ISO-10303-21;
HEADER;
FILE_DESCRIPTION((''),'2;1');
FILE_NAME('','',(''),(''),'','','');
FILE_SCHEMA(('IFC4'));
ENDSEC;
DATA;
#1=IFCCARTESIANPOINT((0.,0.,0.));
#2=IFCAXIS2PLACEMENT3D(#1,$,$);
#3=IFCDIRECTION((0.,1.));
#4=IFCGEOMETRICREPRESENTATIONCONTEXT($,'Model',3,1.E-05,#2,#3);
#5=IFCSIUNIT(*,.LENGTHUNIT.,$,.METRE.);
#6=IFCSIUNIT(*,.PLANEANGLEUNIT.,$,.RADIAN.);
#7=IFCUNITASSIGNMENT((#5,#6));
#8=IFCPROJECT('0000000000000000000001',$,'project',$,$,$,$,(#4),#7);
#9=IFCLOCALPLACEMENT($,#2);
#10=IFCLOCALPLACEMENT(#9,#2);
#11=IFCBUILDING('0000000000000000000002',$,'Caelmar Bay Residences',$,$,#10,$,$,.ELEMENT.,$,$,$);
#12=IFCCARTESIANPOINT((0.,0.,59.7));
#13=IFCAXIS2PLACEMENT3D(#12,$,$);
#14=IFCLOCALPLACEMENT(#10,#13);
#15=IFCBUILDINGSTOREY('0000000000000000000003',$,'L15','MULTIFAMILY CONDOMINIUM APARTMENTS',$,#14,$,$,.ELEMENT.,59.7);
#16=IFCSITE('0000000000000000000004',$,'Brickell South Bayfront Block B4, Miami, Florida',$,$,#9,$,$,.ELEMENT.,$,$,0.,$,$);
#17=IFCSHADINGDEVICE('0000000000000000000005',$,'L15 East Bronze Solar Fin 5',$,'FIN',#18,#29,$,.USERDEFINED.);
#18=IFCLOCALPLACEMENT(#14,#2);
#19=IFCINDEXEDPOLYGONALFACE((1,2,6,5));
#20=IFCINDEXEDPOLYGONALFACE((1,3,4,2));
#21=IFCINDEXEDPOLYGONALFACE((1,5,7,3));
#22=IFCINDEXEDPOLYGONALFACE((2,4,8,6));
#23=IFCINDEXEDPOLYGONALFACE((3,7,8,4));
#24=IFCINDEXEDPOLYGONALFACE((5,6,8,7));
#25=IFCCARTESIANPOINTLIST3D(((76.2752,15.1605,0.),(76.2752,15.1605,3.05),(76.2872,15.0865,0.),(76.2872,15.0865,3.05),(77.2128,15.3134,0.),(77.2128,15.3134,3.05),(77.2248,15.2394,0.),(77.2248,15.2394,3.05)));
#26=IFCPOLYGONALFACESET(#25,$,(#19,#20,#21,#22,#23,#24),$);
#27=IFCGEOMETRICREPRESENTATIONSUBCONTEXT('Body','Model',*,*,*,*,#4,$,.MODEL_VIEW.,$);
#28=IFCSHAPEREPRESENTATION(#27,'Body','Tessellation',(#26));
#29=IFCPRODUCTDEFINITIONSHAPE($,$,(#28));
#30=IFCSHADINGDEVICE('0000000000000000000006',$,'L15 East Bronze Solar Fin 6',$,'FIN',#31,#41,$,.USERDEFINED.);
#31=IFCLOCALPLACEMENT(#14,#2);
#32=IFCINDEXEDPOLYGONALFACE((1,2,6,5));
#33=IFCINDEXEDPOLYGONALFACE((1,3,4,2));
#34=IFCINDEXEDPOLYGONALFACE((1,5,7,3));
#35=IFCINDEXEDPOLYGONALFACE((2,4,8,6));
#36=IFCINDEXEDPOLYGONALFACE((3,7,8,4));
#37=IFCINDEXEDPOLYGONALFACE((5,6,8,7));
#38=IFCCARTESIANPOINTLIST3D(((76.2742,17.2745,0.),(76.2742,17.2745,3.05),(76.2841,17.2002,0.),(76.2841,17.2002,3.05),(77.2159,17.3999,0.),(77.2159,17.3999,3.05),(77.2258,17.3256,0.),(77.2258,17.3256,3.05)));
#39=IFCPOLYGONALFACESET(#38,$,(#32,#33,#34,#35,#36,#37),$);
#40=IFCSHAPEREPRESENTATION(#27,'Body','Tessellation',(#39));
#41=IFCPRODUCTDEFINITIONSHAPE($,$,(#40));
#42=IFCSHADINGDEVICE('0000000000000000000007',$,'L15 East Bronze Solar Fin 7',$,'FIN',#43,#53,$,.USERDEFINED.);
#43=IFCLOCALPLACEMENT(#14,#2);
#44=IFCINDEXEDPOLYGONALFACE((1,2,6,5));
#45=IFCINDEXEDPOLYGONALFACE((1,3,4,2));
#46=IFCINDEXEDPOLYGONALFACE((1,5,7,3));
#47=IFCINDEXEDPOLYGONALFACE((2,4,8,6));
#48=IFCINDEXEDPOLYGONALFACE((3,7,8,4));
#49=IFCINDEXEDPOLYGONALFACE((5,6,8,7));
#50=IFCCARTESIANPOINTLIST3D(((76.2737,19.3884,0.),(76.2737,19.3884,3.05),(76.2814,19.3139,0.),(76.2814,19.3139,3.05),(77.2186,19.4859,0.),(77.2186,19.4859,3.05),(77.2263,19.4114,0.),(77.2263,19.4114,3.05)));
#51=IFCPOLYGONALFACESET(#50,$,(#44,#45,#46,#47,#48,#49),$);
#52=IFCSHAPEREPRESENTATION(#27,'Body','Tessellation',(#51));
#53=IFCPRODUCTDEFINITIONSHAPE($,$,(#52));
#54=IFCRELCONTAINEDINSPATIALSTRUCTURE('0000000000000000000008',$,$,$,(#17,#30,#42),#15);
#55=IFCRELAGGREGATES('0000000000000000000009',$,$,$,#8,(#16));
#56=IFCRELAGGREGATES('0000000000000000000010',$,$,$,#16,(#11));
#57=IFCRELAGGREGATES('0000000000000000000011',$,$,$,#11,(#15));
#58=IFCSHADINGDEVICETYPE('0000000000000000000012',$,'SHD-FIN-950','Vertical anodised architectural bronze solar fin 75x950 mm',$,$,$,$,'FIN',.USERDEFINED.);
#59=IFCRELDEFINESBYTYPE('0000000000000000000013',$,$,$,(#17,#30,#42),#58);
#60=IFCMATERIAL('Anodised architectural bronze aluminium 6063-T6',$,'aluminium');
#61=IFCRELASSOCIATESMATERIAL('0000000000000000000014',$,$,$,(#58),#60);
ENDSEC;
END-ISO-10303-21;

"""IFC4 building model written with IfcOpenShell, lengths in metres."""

from ifc_helpers import new_model, si_unit, direction, frame, origin, origin_2d, place, context, subcontext, project, spatial, rectangle, extrude, material, material_profile, profile_set, type_object, element, save


model = new_model("IFC4")

# Units and contexts
model_context = context("Model", 3, precision=1e-05, world=origin(), true_north=direction((0.0, 1.0)))
body_context = subcontext(model_context, "Body", "Model", "MODEL_VIEW")
ifc_project = project(units=[si_unit("LENGTHUNIT", "METRE"), si_unit("PLANEANGLEUNIT", "RADIAN")], contexts=[model_context])

# Site, building, storey
site_placement = place(None, origin())
site = spatial("IfcSite", under=ifc_project, at=site_placement, Name="Brickell South Bayfront Block B4, Miami, Florida", CompositionType="ELEMENT", RefElevation=0.0)
building_placement = place(site_placement, origin())
building = spatial("IfcBuilding", under=site, at=building_placement, Name="Caelmar Bay Residences", CompositionType="ELEMENT")
storey_placement = place(building_placement, frame((0.0, 0.0, 59.7)))
storey = spatial("IfcBuildingStorey", under=building, at=storey_placement, Name="L15", Description="MULTIFAMILY CONDOMINIUM APARTMENTS", CompositionType="ELEMENT", Elevation=59.7)

# Shading devices
ifc_material_1 = material(Name="Anodised architectural bronze aluminium 6063-T6", Category="aluminium")
ifc_material_profile_1 = material_profile(ifc_material_1, rectangle(XDim=0.075, YDim=0.95, at=origin_2d()), Name="BRONZE-FIN-75X950")
ifc_profile_set_1 = profile_set([ifc_material_profile_1], Name="Anodised architectural bronze aluminium 6063-T6")
shading_device_type = type_object("IfcShadingDeviceType", Name="SHD-FIN-950", Description="Vertical anodised architectural bronze solar fin 75x950 mm", ElementType="FIN", PredefinedType="USERDEFINED", material=ifc_profile_set_1)
for number, where, z_axis, x_axis, name in (
    (1, (76.75, 15.2, 0.0), (0.0, 0.0, 1.0), (-0.160915, 0.986968, 0.0), "L15 East Bronze Solar Fin 5"),
    (2, (76.75, 17.3, 0.0), (0.0, 0.0, 1.0), (-0.13191, 0.991262, 0.0), "L15 East Bronze Solar Fin 6"),
    (3, (76.75, 19.3999, 0.0), (0.0, 0.0, 1.0), (-0.102619, 0.994721, 0.0), "L15 East Bronze Solar Fin 7"),
):
    element("IfcShadingDevice", number, at=place(storey_placement, frame(where, z_axis=z_axis, x_axis=x_axis)), inside=storey, type_object=shading_device_type, Name=name, ObjectType="FIN", PredefinedType="USERDEFINED", context=body_context, shape_type="SweptSolid", body=[
        extrude(rectangle(XDim=0.075, YDim=0.95, at=origin_2d()), origin(), (0.0, 0.0, 1.0), 3.05),
    ])

save(model, "model.ifc")
